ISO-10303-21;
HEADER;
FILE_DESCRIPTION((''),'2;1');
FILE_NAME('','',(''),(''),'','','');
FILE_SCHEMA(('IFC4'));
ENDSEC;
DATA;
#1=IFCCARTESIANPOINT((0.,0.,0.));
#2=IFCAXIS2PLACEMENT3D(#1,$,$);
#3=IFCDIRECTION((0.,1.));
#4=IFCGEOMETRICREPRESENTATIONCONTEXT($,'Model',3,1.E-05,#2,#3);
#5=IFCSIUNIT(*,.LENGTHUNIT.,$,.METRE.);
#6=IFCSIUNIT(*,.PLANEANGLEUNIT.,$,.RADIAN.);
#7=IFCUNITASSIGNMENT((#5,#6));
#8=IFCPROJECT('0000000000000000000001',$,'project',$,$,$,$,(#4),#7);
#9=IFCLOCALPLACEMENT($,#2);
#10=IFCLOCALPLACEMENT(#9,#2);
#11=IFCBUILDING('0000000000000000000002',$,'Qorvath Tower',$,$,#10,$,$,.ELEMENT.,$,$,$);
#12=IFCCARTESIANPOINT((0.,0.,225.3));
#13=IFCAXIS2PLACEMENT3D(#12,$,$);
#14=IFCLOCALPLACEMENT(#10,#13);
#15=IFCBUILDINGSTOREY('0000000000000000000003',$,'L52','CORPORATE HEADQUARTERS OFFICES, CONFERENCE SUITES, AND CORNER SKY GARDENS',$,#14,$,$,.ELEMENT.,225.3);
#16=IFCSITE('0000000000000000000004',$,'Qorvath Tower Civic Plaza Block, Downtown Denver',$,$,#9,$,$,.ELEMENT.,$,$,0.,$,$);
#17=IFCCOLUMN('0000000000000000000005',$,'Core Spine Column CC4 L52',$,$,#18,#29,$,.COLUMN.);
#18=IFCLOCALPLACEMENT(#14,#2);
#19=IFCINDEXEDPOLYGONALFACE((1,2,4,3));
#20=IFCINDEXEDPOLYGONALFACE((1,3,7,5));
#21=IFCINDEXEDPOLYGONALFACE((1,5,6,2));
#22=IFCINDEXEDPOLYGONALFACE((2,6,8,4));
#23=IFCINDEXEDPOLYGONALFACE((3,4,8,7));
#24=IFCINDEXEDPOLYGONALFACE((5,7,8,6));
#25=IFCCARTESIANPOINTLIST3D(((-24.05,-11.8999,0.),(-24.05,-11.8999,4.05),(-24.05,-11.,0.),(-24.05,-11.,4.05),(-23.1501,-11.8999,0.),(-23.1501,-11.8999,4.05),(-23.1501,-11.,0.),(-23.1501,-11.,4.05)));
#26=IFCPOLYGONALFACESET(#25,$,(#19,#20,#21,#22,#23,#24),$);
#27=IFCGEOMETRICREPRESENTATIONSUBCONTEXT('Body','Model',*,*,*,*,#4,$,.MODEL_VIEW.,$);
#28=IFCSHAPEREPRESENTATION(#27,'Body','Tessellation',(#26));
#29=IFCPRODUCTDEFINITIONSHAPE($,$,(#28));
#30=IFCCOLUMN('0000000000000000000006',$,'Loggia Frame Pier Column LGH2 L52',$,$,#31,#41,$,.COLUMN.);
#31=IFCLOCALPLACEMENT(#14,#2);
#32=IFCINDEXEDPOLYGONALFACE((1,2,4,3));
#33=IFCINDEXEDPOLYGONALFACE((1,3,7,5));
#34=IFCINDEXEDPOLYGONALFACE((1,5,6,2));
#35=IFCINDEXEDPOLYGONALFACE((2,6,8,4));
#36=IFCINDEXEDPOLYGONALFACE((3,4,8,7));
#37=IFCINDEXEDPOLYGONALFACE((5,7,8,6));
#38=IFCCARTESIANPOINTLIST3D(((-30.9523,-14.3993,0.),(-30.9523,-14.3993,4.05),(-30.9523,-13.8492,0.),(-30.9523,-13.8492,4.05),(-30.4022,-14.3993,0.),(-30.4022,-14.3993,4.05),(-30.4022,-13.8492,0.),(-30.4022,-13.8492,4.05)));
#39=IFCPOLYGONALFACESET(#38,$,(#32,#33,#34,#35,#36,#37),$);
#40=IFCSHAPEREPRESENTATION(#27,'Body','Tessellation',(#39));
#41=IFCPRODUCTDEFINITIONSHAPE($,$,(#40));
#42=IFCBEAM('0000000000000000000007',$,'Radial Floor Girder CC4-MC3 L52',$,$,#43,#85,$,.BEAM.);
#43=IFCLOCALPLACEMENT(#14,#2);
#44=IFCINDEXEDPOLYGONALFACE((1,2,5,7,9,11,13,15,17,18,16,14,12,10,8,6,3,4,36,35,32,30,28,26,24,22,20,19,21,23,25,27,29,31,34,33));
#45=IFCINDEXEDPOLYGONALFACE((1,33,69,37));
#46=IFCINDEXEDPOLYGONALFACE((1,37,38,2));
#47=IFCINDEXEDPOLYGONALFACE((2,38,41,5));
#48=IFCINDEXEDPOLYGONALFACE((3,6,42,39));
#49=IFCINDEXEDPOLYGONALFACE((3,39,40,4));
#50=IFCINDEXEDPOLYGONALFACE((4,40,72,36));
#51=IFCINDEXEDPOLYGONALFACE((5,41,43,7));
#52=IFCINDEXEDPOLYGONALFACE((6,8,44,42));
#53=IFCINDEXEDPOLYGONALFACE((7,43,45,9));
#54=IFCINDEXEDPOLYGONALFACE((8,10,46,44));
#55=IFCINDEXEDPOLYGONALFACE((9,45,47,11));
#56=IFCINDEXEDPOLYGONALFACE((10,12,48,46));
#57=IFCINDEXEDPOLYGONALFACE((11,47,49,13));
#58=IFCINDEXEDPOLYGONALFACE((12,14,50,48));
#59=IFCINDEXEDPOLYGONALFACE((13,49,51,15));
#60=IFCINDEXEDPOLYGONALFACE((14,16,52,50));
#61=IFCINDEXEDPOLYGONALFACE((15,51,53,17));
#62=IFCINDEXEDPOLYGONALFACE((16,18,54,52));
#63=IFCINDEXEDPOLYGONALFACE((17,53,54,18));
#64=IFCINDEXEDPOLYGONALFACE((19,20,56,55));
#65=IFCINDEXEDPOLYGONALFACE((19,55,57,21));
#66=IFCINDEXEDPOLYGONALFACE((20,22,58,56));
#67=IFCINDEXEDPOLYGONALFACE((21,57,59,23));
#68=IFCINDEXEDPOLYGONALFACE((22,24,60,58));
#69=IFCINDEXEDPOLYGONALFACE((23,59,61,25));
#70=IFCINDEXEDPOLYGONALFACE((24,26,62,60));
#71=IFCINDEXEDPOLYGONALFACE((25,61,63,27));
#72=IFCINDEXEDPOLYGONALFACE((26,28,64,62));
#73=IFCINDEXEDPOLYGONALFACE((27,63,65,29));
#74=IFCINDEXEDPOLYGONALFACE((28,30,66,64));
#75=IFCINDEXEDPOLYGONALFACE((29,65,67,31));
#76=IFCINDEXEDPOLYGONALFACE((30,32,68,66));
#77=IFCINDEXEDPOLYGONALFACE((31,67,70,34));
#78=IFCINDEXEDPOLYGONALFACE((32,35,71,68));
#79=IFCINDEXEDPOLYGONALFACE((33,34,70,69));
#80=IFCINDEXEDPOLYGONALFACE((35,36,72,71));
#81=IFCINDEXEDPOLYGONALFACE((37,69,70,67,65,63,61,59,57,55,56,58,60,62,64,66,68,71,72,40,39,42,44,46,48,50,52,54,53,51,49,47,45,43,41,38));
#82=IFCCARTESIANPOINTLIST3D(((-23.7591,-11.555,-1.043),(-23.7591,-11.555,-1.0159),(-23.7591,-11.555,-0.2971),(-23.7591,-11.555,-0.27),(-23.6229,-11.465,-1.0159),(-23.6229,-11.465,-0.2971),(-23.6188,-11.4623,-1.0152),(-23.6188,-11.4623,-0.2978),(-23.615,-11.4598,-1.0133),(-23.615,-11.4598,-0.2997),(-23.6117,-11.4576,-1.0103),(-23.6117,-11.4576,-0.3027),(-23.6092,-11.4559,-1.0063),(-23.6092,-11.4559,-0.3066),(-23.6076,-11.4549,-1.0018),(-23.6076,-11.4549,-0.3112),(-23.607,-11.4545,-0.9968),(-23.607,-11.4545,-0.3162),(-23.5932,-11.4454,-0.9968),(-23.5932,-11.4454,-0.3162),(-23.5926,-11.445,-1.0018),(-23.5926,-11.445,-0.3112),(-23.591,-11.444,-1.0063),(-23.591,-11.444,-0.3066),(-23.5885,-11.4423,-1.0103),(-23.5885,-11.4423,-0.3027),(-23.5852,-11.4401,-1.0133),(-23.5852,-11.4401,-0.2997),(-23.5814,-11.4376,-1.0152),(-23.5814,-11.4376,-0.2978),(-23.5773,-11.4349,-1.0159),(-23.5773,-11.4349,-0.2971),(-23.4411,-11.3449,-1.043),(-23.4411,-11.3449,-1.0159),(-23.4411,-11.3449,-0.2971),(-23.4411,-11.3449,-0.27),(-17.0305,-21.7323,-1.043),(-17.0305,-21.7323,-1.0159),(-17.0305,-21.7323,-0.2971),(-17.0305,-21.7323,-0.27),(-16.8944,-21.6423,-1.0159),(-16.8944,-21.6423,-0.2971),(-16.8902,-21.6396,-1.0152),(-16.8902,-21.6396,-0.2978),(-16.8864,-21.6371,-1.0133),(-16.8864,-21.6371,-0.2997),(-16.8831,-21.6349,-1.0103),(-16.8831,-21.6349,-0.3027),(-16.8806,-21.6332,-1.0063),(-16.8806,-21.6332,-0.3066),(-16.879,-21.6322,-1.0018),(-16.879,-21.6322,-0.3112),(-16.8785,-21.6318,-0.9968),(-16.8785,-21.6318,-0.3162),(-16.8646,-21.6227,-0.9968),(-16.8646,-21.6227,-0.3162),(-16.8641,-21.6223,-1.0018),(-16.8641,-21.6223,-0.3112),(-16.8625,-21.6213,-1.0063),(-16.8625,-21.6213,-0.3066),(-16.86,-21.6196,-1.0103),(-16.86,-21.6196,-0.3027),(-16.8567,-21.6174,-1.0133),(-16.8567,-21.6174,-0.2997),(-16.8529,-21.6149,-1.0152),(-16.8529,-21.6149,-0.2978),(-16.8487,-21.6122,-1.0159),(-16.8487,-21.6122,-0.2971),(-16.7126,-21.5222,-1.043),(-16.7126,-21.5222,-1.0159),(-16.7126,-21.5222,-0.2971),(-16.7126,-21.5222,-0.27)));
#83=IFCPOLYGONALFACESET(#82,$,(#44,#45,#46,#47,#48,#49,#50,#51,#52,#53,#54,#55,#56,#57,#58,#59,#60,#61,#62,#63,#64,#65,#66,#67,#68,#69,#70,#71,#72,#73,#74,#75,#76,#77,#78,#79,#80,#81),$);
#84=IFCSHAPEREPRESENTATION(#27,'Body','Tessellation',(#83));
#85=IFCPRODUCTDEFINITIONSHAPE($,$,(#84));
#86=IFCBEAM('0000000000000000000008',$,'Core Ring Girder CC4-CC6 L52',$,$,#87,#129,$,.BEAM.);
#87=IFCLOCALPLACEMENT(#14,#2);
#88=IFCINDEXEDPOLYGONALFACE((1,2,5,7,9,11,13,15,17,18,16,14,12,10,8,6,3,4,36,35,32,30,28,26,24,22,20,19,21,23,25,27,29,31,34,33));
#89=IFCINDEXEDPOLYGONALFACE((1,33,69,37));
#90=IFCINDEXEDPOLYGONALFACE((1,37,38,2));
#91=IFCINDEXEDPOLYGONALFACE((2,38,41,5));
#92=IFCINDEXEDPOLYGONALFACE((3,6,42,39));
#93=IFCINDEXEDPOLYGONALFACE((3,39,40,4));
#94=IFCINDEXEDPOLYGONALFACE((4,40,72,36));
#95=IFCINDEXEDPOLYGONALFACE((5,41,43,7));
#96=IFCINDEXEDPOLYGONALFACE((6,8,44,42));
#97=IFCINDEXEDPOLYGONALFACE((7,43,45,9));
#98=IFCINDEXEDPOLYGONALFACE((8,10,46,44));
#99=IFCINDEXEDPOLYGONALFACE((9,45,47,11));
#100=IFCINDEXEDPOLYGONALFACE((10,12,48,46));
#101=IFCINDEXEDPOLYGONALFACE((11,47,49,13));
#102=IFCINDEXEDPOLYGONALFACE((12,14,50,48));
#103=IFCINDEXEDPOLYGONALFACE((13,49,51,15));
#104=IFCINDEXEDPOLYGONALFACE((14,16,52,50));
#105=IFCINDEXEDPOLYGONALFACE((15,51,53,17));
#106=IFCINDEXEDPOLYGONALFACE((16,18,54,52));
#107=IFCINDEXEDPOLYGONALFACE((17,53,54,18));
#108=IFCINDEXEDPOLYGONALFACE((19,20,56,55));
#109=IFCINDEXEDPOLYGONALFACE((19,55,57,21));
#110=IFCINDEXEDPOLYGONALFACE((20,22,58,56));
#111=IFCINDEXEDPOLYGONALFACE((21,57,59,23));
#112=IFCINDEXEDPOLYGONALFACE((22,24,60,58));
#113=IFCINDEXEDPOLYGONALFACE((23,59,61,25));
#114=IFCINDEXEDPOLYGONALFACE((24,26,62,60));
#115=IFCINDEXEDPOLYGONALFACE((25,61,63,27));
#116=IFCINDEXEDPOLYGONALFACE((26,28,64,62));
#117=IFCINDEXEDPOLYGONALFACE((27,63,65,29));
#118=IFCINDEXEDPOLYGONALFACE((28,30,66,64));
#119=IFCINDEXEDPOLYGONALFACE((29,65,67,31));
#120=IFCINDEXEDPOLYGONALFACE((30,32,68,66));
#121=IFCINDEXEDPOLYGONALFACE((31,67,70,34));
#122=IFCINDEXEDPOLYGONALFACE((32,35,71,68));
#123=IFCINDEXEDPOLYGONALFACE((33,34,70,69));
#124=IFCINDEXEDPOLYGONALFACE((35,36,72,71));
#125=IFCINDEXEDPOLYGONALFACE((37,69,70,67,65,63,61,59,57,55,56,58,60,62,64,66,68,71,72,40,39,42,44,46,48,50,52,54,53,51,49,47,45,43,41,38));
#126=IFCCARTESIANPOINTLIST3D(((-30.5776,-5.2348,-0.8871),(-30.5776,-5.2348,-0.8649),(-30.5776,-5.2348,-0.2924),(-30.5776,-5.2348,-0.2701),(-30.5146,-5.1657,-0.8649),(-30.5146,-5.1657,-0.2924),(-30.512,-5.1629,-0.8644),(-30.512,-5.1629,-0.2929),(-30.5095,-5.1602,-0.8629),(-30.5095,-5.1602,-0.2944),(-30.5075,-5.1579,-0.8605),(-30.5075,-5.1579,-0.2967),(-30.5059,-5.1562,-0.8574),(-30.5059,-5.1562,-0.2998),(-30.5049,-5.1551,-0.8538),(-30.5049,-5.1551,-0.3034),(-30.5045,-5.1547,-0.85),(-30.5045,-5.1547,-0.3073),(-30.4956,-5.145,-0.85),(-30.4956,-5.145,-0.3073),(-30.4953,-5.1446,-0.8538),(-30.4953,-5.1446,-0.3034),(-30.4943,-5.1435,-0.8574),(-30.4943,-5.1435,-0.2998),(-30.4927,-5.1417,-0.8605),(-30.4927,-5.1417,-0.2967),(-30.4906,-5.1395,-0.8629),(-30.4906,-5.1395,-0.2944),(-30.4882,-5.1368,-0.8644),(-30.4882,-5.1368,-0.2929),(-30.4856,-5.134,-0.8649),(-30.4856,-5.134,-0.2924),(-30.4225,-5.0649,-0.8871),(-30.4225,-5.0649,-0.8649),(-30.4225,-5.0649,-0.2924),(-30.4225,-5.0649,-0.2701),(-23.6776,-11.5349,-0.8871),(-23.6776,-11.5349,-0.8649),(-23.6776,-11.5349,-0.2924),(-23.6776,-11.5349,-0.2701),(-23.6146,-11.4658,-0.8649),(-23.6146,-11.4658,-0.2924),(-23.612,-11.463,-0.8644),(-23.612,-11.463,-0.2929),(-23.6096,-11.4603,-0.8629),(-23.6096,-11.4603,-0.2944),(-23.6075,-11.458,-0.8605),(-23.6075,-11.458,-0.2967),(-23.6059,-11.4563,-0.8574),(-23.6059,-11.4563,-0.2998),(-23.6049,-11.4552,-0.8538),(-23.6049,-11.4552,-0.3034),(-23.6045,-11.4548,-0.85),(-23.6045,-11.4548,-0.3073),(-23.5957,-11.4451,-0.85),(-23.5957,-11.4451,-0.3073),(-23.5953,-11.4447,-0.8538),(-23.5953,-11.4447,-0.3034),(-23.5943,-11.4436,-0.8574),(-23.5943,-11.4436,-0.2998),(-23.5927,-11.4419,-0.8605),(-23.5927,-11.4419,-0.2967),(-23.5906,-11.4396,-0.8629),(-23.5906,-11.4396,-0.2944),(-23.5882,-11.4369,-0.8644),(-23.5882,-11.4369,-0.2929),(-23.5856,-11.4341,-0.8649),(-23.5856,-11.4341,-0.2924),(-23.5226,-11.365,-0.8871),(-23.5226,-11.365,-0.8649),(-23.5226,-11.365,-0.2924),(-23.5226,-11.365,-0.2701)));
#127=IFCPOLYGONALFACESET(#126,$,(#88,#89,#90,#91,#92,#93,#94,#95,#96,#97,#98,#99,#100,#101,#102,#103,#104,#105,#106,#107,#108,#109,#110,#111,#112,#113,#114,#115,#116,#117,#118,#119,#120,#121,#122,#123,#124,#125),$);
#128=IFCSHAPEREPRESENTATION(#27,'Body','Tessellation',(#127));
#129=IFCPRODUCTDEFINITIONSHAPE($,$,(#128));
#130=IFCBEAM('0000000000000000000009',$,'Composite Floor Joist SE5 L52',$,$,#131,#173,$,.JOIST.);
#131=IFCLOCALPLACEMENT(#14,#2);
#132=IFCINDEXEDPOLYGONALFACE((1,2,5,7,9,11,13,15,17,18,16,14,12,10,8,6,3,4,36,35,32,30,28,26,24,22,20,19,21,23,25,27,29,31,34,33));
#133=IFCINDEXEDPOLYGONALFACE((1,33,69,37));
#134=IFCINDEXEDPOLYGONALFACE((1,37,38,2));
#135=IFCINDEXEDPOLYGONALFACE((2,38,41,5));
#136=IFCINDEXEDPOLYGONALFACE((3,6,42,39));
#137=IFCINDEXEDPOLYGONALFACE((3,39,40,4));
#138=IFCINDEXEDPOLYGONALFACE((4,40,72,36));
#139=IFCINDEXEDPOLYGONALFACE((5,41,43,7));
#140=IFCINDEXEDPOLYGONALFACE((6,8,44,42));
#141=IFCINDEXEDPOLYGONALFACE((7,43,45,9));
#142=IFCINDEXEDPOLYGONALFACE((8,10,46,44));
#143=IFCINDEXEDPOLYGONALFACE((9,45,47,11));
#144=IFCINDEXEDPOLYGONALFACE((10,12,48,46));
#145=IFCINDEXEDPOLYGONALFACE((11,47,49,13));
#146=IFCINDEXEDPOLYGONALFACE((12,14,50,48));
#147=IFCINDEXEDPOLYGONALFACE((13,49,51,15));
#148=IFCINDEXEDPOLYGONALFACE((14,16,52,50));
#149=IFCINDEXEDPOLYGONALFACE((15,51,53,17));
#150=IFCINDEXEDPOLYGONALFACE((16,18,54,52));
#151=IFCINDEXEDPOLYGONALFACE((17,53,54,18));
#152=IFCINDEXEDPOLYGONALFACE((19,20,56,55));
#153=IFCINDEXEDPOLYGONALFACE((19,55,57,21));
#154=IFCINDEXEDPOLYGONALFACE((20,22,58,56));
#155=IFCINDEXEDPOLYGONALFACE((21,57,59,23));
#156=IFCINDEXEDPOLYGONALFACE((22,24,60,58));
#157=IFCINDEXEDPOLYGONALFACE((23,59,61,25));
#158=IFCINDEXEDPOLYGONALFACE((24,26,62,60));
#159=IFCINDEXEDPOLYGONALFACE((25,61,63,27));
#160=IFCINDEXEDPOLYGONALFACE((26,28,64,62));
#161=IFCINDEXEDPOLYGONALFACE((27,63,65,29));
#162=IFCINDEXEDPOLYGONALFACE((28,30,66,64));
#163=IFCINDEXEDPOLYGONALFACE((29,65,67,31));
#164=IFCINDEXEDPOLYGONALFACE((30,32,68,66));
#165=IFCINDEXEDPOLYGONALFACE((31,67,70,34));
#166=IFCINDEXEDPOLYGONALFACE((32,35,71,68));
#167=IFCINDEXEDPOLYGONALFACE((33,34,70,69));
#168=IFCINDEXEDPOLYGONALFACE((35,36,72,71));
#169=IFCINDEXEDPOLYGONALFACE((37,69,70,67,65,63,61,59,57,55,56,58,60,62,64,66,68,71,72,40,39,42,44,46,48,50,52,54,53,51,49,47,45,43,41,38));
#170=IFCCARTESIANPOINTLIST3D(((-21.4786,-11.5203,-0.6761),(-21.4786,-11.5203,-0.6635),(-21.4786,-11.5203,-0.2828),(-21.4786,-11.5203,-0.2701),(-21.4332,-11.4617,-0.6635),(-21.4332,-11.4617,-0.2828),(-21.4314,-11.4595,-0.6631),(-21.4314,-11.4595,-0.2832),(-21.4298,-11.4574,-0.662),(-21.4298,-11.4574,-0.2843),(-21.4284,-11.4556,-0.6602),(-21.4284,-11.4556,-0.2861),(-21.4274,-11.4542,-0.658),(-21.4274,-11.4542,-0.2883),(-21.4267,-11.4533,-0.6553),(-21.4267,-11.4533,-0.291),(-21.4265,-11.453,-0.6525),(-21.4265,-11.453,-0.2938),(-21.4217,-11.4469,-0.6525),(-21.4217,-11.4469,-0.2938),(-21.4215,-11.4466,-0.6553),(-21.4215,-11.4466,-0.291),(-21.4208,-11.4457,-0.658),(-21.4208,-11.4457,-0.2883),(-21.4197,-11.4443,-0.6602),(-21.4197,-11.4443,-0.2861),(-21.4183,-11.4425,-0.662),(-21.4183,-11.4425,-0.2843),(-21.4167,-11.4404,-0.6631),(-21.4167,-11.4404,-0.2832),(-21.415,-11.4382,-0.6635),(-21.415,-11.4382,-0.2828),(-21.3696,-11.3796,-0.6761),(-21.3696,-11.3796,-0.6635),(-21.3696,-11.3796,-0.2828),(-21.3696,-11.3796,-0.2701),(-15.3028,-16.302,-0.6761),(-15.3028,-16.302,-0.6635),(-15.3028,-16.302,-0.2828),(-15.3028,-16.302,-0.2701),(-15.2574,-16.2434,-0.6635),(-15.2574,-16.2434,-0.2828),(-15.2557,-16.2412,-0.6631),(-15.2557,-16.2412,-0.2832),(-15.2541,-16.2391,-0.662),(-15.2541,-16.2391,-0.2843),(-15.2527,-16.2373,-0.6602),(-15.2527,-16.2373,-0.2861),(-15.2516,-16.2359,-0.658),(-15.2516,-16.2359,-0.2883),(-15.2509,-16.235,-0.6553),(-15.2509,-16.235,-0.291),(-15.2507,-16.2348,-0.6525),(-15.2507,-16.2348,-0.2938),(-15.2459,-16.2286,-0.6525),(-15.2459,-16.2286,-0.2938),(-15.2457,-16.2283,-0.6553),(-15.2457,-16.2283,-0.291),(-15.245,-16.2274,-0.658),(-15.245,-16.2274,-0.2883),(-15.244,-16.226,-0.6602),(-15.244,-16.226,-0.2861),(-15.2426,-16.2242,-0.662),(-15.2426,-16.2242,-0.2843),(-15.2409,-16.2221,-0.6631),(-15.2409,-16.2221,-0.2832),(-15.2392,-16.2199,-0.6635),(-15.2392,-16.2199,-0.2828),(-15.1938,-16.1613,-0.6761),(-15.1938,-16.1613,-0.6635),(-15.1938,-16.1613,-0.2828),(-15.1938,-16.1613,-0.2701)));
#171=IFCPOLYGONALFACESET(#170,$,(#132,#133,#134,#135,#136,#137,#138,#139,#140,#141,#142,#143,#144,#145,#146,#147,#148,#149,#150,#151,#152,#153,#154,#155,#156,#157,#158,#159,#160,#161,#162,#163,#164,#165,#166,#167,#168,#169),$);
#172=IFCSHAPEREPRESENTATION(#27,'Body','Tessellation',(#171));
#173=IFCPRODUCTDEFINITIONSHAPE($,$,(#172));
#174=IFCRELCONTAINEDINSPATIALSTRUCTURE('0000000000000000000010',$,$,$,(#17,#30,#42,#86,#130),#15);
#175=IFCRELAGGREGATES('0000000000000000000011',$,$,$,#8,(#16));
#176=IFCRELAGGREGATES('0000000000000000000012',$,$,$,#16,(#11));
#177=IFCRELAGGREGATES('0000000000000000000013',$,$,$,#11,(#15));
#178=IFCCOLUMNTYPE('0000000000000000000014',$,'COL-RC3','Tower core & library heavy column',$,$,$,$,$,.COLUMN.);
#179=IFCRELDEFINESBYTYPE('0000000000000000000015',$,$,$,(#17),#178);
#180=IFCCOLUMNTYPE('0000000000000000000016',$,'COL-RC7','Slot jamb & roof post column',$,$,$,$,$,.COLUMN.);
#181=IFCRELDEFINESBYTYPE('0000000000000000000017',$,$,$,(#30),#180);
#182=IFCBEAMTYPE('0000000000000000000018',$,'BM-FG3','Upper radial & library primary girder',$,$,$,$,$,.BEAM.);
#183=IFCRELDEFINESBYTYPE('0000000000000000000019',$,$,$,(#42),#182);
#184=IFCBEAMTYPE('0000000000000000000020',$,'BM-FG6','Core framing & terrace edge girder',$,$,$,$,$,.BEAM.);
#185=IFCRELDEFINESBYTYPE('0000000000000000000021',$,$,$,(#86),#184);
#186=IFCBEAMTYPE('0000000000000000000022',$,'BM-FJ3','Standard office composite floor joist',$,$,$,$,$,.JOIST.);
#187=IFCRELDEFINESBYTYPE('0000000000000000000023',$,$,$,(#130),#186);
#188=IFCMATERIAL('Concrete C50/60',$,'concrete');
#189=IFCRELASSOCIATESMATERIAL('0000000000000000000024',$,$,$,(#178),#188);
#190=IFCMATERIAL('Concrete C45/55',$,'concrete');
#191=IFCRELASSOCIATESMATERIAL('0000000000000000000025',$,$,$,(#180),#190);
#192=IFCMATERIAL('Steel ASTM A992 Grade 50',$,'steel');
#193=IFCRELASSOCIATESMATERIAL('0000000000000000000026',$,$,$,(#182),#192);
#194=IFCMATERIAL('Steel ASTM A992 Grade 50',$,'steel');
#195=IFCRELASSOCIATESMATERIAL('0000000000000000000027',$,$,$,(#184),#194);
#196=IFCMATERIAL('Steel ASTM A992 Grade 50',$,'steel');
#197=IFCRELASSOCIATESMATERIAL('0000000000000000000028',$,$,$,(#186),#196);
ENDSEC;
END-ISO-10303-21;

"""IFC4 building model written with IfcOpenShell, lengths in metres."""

from ifc_helpers import new_model, si_unit, direction, frame, origin, origin_2d, place, context, subcontext, project, spatial, rectangle, i_section, extrude, material, material_profile, profile_set, type_object, element, save


model = new_model("IFC4")

# Units and contexts
model_context = context("Model", 3, precision=1e-05, world=origin(), true_north=direction((0.0, 1.0)))
body_context = subcontext(model_context, "Body", "Model", "MODEL_VIEW")
ifc_project = project(units=[si_unit("LENGTHUNIT", "METRE"), si_unit("PLANEANGLEUNIT", "RADIAN")], contexts=[model_context])

# Site, building, storey
site_placement = place(None, origin())
site = spatial("IfcSite", under=ifc_project, at=site_placement, Name="Qorvath Tower Civic Plaza Block, Downtown Denver", CompositionType="ELEMENT", RefElevation=0.0)
building_placement = place(site_placement, origin())
building = spatial("IfcBuilding", under=site, at=building_placement, Name="Qorvath Tower", CompositionType="ELEMENT")
storey_placement = place(building_placement, frame((0.0, 0.0, 225.3)))
storey = spatial("IfcBuildingStorey", under=building, at=storey_placement, Name="L52", Description="CORPORATE HEADQUARTERS OFFICES, CONFERENCE SUITES, AND CORNER SKY GARDENS", CompositionType="ELEMENT", Elevation=225.3)

# Columns
ifc_material_1 = material(Name="Concrete C50/60", Category="concrete")
ifc_material_profile_1 = material_profile(ifc_material_1, rectangle(XDim=0.8999, YDim=0.8999, at=origin_2d()), Name="RC 900x900")
ifc_profile_set_1 = profile_set([ifc_material_profile_1], Name="Concrete C50/60")
column_type_1 = type_object("IfcColumnType", Name="COL-RC3", Description="Tower core & library heavy column", PredefinedType="COLUMN", material=ifc_profile_set_1)
column_1_placement = place(storey_placement, frame((-23.6001, -11.45, 0.0), z_axis=(0.0, 0.0, 1.0), x_axis=(1.0, 0.0, 0.0)))
element("IfcColumn", 1, at=column_1_placement, inside=storey, type_object=column_type_1, Name="Core Spine Column CC4 L52", PredefinedType="COLUMN", context=body_context, shape_type="SweptSolid", body=[
    extrude(rectangle(XDim=0.8999, YDim=0.8999, at=origin_2d()), origin(), (0.0, 0.0, 1.0), 4.05),
])
ifc_material_2 = material(Name="Concrete C45/55", Category="concrete")
ifc_material_profile_2 = material_profile(ifc_material_2, rectangle(XDim=0.55, YDim=0.55, at=origin_2d()), Name="RC 550x550")
ifc_profile_set_2 = profile_set([ifc_material_profile_2], Name="Concrete C45/55")
column_type_2 = type_object("IfcColumnType", Name="COL-RC7", Description="Slot jamb & roof post column", PredefinedType="COLUMN", material=ifc_profile_set_2)
column_2_placement = place(storey_placement, frame((-30.6772, -14.1243, 0.0), z_axis=(0.0, 0.0, 1.0), x_axis=(1.0, 0.0, 0.0)))
element("IfcColumn", 2, at=column_2_placement, inside=storey, type_object=column_type_2, Name="Loggia Frame Pier Column LGH2 L52", PredefinedType="COLUMN", context=body_context, shape_type="SweptSolid", body=[
    extrude(rectangle(XDim=0.55, YDim=0.55, at=origin_2d()), origin(), (0.0, 0.0, 1.0), 4.05),
])

# Beams
ifc_material_3 = material(Name="Steel ASTM A992 Grade 50", Category="steel")
ifc_material_profile_3 = material_profile(ifc_material_3, i_section(OverallWidth=0.3811, OverallDepth=0.7729, WebThickness=0.0166, FlangeThickness=0.0271, FilletRadius=0.019, at=origin_2d()), Name="W30x173")
ifc_profile_set_3 = profile_set([ifc_material_profile_3], Name="Steel ASTM A992 Grade 50")
beam_type_1 = type_object("IfcBeamType", Name="BM-FG3", Description="Upper radial & library primary girder", PredefinedType="BEAM", material=ifc_profile_set_3)
beam_1_placement = place(storey_placement, frame((-23.6001, -11.45, -0.6565), z_axis=(0.551501, -0.834175, 0.0), x_axis=(0.834175, 0.551501, 0.0)))
element("IfcBeam", 3, at=beam_1_placement, inside=storey, type_object=beam_type_1, Name="Radial Floor Girder CC4-MC3 L52", PredefinedType="BEAM", context=body_context, shape_type="SweptSolid", body=[
    extrude(i_section(OverallWidth=0.3811, OverallDepth=0.7729, WebThickness=0.0166, FlangeThickness=0.0271, FilletRadius=0.019, at=origin_2d()), origin(), (0.0, 0.0, 1.0), 12.2004),
])
ifc_material_4 = material(Name="Steel ASTM A992 Grade 50", Category="steel")
ifc_material_profile_4 = material_profile(ifc_material_4, i_section(OverallWidth=0.23, OverallDepth=0.6169, WebThickness=0.0132, FlangeThickness=0.0222, FilletRadius=0.0149, at=origin_2d()), Name="W24x94")
ifc_profile_set_4 = profile_set([ifc_material_profile_4], Name="Steel ASTM A992 Grade 50")
beam_type_2 = type_object("IfcBeamType", Name="BM-FG6", Description="Core framing & terrace edge girder", PredefinedType="BEAM", material=ifc_profile_set_4)
beam_2_placement = place(storey_placement, frame((-23.6001, -11.45, -0.5786), z_axis=(-0.738478, 0.674277, 0.0), x_axis=(-0.674277, -0.738478, 0.0)))
element("IfcBeam", 4, at=beam_2_placement, inside=storey, type_object=beam_type_2, Name="Core Ring Girder CC4-CC6 L52", PredefinedType="BEAM", context=body_context, shape_type="SweptSolid", body=[
    extrude(i_section(OverallWidth=0.23, OverallDepth=0.6169, WebThickness=0.0132, FlangeThickness=0.0222, FilletRadius=0.0149, at=origin_2d()), origin(), (0.0, 0.0, 1.0), 9.3435),
])
ifc_material_5 = material(Name="Steel ASTM A992 Grade 50", Category="steel")
ifc_material_profile_5 = material_profile(ifc_material_5, i_section(OverallWidth=0.178, OverallDepth=0.406, WebThickness=0.0078, FlangeThickness=0.0127, FilletRadius=0.011, at=origin_2d()), Name="W16x40")
ifc_profile_set_5 = profile_set([ifc_material_profile_5], Name="Steel ASTM A992 Grade 50")
beam_type_3 = type_object("IfcBeamType", Name="BM-FJ3", Description="Standard office composite floor joist", PredefinedType="JOIST", material=ifc_profile_set_5)
beam_3_placement = place(storey_placement, frame((-21.4241, -11.45, -0.4731), z_axis=(0.790693, -0.612212, 0.0), x_axis=(0.612212, 0.790693, 0.0)))
element("IfcBeam", 5, at=beam_3_placement, inside=storey, type_object=beam_type_3, Name="Composite Floor Joist SE5 L52", PredefinedType="JOIST", context=body_context, shape_type="SweptSolid", body=[
    extrude(i_section(OverallWidth=0.178, OverallDepth=0.406, WebThickness=0.0078, FlangeThickness=0.0127, FilletRadius=0.011, at=origin_2d()), origin(), (0.0, 0.0, 1.0), 7.8105),
])

save(model, "model.ifc")
